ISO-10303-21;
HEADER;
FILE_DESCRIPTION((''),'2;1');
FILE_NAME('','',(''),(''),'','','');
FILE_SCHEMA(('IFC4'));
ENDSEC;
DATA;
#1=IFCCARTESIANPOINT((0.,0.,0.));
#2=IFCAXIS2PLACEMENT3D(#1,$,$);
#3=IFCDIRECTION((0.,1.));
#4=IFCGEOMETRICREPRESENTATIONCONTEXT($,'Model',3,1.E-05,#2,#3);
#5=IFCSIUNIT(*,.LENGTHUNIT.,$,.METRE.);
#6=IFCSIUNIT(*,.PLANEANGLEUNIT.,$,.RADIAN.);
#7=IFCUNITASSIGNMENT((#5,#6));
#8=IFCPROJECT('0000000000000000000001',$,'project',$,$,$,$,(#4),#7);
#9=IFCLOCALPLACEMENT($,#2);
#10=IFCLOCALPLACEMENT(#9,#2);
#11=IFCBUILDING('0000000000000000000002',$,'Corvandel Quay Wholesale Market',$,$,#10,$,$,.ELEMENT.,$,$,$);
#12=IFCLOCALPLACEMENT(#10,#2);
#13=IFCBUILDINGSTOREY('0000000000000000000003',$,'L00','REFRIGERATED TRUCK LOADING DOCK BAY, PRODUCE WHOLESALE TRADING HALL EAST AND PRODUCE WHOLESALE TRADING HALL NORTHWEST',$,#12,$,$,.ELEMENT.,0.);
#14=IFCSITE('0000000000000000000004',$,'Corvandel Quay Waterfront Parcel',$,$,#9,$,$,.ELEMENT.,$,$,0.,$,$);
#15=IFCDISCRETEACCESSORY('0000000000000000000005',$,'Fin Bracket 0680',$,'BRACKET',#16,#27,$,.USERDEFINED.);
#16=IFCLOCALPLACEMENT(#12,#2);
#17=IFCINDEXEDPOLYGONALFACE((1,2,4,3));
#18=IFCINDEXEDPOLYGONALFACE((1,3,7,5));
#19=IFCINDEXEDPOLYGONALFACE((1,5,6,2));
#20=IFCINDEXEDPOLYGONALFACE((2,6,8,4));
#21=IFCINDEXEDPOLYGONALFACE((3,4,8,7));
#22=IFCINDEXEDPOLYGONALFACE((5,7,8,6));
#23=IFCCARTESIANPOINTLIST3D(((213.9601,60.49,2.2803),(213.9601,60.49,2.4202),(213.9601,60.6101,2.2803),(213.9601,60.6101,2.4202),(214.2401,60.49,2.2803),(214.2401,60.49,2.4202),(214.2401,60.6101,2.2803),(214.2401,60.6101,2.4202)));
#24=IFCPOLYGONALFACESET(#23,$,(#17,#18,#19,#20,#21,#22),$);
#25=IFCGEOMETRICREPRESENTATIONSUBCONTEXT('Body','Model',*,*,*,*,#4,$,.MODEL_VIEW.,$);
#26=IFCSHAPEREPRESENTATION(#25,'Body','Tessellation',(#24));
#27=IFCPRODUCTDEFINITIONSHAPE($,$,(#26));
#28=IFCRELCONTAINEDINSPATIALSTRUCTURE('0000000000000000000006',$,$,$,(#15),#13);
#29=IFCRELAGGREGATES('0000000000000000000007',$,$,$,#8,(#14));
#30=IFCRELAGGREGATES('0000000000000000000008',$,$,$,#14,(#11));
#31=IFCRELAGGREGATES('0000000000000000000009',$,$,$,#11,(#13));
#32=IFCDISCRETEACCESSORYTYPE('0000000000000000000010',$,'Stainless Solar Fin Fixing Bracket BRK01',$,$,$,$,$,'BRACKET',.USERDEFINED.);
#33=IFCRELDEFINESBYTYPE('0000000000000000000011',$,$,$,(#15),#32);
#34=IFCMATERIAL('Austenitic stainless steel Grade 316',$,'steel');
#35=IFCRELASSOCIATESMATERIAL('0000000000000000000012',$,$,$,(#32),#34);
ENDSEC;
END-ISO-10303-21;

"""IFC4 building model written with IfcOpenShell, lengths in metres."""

from ifc_helpers import new_model, si_unit, direction, frame, origin, origin_2d, place, context, subcontext, project, spatial, rectangle, extrude, material, type_object, element, save


model = new_model("IFC4")

# Units and contexts
model_context = context("Model", 3, precision=1e-05, world=origin(), true_north=direction((0.0, 1.0)))
body_context = subcontext(model_context, "Body", "Model", "MODEL_VIEW")
ifc_project = project(units=[si_unit("LENGTHUNIT", "METRE"), si_unit("PLANEANGLEUNIT", "RADIAN")], contexts=[model_context])

# Site, building, storey
site_placement = place(None, origin())
site = spatial("IfcSite", under=ifc_project, at=site_placement, Name="Corvandel Quay Waterfront Parcel", CompositionType="ELEMENT", RefElevation=0.0)
building_placement = place(site_placement, origin())
building = spatial("IfcBuilding", under=site, at=building_placement, Name="Corvandel Quay Wholesale Market", CompositionType="ELEMENT")
storey_placement = place(building_placement, origin())
storey = spatial("IfcBuildingStorey", under=building, at=storey_placement, Name="L00", Description="REFRIGERATED TRUCK LOADING DOCK BAY, PRODUCE WHOLESALE TRADING HALL EAST AND PRODUCE WHOLESALE TRADING HALL NORTHWEST", CompositionType="ELEMENT", Elevation=0.0)

# Discrete accessory
ifc_material_1 = material(Name="Austenitic stainless steel Grade 316", Category="steel")
discrete_accessory_type = type_object("IfcDiscreteAccessoryType", Name="Stainless Solar Fin Fixing Bracket BRK01", ElementType="BRACKET", PredefinedType="USERDEFINED", material=ifc_material_1)
for number, where, z_axis, x_axis, name in (
    (1, (214.1001, 60.55, 2.2803), (0.0, 0.0, 1.0), (1.0, 0.0, 0.0), "Fin Bracket 0680"),
):
    element("IfcDiscreteAccessory", number, at=place(storey_placement, frame(where, z_axis=z_axis, x_axis=x_axis)), inside=storey, type_object=discrete_accessory_type, Name=name, ObjectType="BRACKET", PredefinedType="USERDEFINED", context=body_context, shape_type="SweptSolid", body=[
        extrude(rectangle(XDim=0.28, YDim=0.1201, at=origin_2d()), origin(), (0.0, 0.0, 1.0), 0.1399),
    ])

save(model, "model.ifc")
